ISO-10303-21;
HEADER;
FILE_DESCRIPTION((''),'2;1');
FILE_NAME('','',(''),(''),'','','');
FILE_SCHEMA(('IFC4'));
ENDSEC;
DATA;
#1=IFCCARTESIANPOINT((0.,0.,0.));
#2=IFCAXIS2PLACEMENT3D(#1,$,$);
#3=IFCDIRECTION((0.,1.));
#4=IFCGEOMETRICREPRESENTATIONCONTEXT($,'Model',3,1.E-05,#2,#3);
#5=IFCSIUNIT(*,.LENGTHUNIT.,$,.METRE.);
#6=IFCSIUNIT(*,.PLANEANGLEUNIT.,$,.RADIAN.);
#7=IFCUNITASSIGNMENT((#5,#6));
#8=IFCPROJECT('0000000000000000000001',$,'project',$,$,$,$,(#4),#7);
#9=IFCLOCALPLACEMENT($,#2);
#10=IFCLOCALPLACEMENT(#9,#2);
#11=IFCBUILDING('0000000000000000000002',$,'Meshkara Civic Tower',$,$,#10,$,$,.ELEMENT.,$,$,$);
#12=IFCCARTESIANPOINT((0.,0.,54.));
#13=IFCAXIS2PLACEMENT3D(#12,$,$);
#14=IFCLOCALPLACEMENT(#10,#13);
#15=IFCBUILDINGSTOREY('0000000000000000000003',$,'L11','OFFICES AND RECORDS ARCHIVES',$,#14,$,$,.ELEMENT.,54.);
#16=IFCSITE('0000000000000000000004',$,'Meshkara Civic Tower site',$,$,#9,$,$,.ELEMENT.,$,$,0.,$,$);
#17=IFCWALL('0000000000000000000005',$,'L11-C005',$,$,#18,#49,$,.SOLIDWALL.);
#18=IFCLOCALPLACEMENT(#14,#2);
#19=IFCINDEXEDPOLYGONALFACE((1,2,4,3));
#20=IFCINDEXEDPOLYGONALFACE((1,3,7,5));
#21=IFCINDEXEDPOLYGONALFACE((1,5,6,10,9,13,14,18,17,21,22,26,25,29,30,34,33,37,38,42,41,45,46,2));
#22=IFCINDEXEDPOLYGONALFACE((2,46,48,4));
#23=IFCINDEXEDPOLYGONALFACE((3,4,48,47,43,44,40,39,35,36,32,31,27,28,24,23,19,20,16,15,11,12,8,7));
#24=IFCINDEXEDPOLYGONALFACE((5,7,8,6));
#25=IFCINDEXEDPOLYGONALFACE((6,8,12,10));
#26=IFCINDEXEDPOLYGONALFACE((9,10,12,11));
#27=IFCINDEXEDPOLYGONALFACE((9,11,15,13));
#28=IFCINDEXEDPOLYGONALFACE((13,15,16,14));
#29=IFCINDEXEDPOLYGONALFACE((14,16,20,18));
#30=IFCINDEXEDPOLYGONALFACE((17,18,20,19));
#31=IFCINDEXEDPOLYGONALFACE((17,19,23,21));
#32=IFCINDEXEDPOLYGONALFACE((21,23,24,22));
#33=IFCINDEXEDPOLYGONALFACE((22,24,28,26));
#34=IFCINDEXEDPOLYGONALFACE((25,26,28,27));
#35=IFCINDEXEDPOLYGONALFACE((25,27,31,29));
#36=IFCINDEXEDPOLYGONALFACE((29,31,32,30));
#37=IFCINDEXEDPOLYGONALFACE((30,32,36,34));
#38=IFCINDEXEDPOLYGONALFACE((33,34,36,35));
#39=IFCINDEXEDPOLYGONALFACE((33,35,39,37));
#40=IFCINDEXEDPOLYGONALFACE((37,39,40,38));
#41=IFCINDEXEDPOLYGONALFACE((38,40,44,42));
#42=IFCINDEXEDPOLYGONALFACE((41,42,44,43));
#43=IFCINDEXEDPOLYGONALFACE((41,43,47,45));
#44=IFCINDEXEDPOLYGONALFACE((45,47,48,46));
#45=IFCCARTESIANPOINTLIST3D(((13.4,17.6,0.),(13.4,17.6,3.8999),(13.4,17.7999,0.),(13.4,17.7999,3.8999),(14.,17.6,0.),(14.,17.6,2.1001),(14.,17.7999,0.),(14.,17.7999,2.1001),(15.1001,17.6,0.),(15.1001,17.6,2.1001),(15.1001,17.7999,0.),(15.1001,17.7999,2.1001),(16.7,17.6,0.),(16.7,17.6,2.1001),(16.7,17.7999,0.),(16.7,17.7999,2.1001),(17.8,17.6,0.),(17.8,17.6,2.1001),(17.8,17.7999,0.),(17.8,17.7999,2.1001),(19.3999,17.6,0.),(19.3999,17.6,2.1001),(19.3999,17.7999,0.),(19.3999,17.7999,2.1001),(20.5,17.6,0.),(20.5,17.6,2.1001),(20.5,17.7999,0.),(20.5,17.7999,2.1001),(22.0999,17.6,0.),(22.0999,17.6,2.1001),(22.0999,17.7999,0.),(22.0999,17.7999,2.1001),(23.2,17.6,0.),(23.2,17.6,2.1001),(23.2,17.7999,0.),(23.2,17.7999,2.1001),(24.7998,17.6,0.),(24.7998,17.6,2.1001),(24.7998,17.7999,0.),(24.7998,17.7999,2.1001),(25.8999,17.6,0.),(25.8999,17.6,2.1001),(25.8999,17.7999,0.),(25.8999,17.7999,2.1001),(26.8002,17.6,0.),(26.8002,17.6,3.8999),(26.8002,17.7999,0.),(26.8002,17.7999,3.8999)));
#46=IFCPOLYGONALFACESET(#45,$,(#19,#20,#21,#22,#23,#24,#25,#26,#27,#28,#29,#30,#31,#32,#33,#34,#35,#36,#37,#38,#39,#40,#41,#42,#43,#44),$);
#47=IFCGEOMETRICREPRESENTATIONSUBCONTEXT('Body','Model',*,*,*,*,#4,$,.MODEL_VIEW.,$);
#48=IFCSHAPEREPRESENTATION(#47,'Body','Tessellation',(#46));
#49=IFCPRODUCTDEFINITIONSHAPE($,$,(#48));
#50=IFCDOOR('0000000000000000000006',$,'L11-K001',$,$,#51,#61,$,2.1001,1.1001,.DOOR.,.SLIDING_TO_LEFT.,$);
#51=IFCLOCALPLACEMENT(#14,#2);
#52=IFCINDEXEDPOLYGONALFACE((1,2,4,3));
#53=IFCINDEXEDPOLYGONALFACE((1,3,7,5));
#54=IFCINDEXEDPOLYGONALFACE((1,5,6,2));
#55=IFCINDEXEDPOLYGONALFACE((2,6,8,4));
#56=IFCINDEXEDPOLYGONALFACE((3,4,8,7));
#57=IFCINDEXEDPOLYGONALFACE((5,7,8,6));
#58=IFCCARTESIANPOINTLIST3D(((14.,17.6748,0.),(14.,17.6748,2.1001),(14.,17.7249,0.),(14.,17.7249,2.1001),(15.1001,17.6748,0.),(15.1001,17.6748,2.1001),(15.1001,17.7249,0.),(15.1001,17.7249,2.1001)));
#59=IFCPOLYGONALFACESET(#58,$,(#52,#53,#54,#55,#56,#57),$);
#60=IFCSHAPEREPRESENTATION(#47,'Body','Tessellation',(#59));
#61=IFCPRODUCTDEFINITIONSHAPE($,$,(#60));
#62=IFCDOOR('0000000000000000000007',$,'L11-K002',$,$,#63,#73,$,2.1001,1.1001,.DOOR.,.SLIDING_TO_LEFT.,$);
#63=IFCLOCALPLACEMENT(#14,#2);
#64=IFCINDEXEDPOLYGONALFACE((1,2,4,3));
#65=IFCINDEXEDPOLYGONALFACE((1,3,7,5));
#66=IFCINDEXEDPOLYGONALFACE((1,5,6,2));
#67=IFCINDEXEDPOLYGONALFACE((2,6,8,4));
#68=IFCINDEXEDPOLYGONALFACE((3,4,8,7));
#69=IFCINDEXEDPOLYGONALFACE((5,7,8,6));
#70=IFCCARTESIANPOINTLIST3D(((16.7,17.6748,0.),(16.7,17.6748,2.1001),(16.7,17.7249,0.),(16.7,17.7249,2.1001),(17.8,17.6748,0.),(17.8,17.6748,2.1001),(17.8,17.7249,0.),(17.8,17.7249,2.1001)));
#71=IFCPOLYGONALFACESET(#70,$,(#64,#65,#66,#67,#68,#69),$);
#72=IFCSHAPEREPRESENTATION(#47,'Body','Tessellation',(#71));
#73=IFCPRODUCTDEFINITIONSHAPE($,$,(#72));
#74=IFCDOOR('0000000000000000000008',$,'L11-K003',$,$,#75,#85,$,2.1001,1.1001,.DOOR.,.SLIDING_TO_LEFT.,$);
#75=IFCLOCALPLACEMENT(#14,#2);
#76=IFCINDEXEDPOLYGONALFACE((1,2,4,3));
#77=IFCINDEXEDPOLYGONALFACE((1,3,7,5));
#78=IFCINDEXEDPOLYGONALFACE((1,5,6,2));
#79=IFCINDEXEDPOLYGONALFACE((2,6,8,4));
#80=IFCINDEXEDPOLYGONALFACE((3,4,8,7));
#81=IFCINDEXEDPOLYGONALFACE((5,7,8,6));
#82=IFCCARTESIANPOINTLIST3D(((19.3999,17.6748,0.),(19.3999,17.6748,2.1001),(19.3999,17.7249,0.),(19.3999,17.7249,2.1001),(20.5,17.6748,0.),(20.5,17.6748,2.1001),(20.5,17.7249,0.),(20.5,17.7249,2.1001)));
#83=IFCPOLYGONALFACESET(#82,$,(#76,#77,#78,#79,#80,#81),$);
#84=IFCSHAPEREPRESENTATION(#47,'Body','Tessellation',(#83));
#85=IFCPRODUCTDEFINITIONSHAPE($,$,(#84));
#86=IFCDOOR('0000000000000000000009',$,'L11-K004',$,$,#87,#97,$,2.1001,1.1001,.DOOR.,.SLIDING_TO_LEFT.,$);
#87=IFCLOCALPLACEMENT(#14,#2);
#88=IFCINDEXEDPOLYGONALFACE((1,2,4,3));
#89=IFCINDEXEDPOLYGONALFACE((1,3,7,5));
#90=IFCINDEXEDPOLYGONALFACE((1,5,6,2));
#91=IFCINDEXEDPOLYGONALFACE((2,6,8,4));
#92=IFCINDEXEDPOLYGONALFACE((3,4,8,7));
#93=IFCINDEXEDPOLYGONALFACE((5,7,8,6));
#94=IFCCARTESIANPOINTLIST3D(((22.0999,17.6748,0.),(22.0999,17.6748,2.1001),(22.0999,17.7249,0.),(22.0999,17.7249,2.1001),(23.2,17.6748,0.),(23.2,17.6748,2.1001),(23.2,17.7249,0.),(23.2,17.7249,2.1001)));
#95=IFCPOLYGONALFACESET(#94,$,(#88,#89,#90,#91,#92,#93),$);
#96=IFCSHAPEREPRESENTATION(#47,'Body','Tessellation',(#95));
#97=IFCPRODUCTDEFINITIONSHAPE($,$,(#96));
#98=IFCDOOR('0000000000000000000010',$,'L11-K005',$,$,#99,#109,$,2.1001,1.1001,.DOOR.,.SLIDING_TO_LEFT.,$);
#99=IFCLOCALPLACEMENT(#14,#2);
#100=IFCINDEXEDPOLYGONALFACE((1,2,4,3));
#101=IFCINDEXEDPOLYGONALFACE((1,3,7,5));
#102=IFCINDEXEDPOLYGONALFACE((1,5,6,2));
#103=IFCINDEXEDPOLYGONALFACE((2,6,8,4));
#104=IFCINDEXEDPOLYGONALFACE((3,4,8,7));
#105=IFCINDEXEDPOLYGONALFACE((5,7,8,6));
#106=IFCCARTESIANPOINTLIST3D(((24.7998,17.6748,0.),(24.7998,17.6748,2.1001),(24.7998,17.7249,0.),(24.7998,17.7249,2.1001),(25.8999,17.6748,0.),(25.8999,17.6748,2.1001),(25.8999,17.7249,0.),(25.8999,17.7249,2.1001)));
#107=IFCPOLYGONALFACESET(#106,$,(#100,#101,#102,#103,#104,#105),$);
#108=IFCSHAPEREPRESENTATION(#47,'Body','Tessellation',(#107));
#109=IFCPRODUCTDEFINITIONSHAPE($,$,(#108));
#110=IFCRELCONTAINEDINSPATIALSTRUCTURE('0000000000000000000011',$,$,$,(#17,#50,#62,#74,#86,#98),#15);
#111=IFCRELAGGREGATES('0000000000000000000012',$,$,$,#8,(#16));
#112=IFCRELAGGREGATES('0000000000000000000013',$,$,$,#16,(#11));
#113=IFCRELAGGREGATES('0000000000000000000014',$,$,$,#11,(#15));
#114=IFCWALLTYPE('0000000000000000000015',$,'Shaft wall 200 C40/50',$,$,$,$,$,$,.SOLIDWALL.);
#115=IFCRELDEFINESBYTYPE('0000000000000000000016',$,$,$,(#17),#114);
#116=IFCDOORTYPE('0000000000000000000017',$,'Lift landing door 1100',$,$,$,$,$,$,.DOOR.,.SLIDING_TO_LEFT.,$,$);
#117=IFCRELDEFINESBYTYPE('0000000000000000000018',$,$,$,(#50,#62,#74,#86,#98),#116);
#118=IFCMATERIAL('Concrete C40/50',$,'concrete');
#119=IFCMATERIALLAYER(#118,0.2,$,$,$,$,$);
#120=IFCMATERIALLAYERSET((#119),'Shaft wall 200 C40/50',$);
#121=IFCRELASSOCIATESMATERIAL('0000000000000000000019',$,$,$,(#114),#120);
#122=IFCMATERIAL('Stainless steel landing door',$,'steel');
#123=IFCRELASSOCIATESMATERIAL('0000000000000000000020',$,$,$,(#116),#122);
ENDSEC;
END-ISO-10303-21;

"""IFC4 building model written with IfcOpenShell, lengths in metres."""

from ifc_helpers import new_model, si_unit, direction, frame, frame_2d, origin, place, context, subcontext, project, spatial, rectangle, extrude, material, layer, layer_set, type_object, element, fill, save


model = new_model("IFC4")

# Units and contexts
model_context = context("Model", 3, precision=1e-05, world=origin(), true_north=direction((0.0, 1.0)))
body_context = subcontext(model_context, "Body", "Model", "MODEL_VIEW")
ifc_project = project(units=[si_unit("LENGTHUNIT", "METRE"), si_unit("PLANEANGLEUNIT", "RADIAN")], contexts=[model_context])

# Site, building, storey
site_placement = place(None, origin())
site = spatial("IfcSite", under=ifc_project, at=site_placement, Name="Meshkara Civic Tower site", CompositionType="ELEMENT", RefElevation=0.0)
building_placement = place(site_placement, origin())
building = spatial("IfcBuilding", under=site, at=building_placement, Name="Meshkara Civic Tower", CompositionType="ELEMENT")
storey_placement = place(building_placement, frame((0.0, 0.0, 54.0)))
storey = spatial("IfcBuildingStorey", under=building, at=storey_placement, Name="L11", Description="OFFICES AND RECORDS ARCHIVES", CompositionType="ELEMENT", Elevation=54.0)

# Wall, openings, doors
ifc_material_1 = material(Name="Concrete C40/50", Category="concrete")
ifc_layer_1 = layer(ifc_material_1, 0.2)
ifc_layer_set_1 = layer_set([ifc_layer_1], Name="Shaft wall 200 C40/50")
wall_type_1 = type_object("IfcWallType", Name="Shaft wall 200 C40/50", PredefinedType="SOLIDWALL", material=ifc_layer_set_1)
wall_1_placement = place(storey_placement, frame((13.3999, 17.7, 0.0), z_axis=(0.0, 0.0, 1.0), x_axis=(1.0, 0.0, 0.0)))
wall_1 = element("IfcWall", 1, at=wall_1_placement, inside=storey, type_object=wall_type_1, Name="L11-C005", PredefinedType="SOLIDWALL", context=body_context, shape_type="SweptSolid", body=[
    extrude(rectangle(XDim=13.4001, YDim=0.2, at=frame_2d((6.7002, 0.0))), origin(), (0.0, 0.0, 1.0), 3.8999),
])
opening_1_placement = place(wall_1_placement, frame((0.6001, 0.0, 0.0)))
opening_1 = element("IfcOpeningElement", 2, at=opening_1_placement, cuts=wall_1, PredefinedType="OPENING", context=body_context, shape_type="SweptSolid", body=[
    extrude(rectangle(XDim=1.1001, YDim=2.1001, at=frame_2d((0.55, 1.05))), frame((0.0, 0.1099, 0.0), z_axis=(0.0, -1.0, 0.0), x_axis=(1.0, 0.0, 0.0)), (0.0, 0.0, 1.0), 0.22),
])
opening_2_placement = place(wall_1_placement, frame((3.3, 0.0, 0.0)))
opening_2 = element("IfcOpeningElement", 3, at=opening_2_placement, cuts=wall_1, PredefinedType="OPENING", context=body_context, shape_type="SweptSolid", body=[
    extrude(rectangle(XDim=1.1001, YDim=2.1001, at=frame_2d((0.55, 1.05))), frame((0.0, 0.1099, 0.0), z_axis=(0.0, -1.0, 0.0), x_axis=(1.0, 0.0, 0.0)), (0.0, 0.0, 1.0), 0.22),
])
opening_3_placement = place(wall_1_placement, frame((6.0, 0.0, 0.0)))
opening_3 = element("IfcOpeningElement", 4, at=opening_3_placement, cuts=wall_1, PredefinedType="OPENING", context=body_context, shape_type="SweptSolid", body=[
    extrude(rectangle(XDim=1.1001, YDim=2.1001, at=frame_2d((0.55, 1.05))), frame((0.0, 0.1099, 0.0), z_axis=(0.0, -1.0, 0.0), x_axis=(1.0, 0.0, 0.0)), (0.0, 0.0, 1.0), 0.22),
])
opening_4_placement = place(wall_1_placement, frame((8.7, 0.0, 0.0)))
opening_4 = element("IfcOpeningElement", 5, at=opening_4_placement, cuts=wall_1, PredefinedType="OPENING", context=body_context, shape_type="SweptSolid", body=[
    extrude(rectangle(XDim=1.1001, YDim=2.1001, at=frame_2d((0.55, 1.05))), frame((0.0, 0.1099, 0.0), z_axis=(0.0, -1.0, 0.0), x_axis=(1.0, 0.0, 0.0)), (0.0, 0.0, 1.0), 0.22),
])
opening_5_placement = place(wall_1_placement, frame((11.3999, 0.0, 0.0)))
opening_5 = element("IfcOpeningElement", 6, at=opening_5_placement, cuts=wall_1, PredefinedType="OPENING", context=body_context, shape_type="SweptSolid", body=[
    extrude(rectangle(XDim=1.1001, YDim=2.1001, at=frame_2d((0.55, 1.05))), frame((0.0, 0.1099, 0.0), z_axis=(0.0, -1.0, 0.0), x_axis=(1.0, 0.0, 0.0)), (0.0, 0.0, 1.0), 0.22),
])
ifc_material_2 = material(Name="Stainless steel landing door", Category="steel")
door_type_1 = type_object("IfcDoorType", Name="Lift landing door 1100", OperationType="SLIDING_TO_LEFT", PredefinedType="DOOR", material=ifc_material_2)
door_1_placement = place(opening_1_placement, origin())
door_1 = element("IfcDoor", 7, at=door_1_placement, inside=storey, type_object=door_type_1, Name="L11-K001", OperationType="SLIDING_TO_LEFT", OverallHeight=2.1001, OverallWidth=1.1001, PredefinedType="DOOR", context=body_context, shape_type="SweptSolid", body=[
    extrude(rectangle(XDim=1.1001, YDim=2.1001, at=frame_2d((0.55, 1.05))), frame((0.0, 0.0249, 0.0), z_axis=(0.0, -1.0, 0.0), x_axis=(1.0, 0.0, 0.0)), (0.0, 0.0, 1.0), 0.05),
])
fill(opening_1, door_1)
door_2_placement = place(opening_2_placement, origin())
door_2 = element("IfcDoor", 8, at=door_2_placement, inside=storey, type_object=door_type_1, Name="L11-K002", OperationType="SLIDING_TO_LEFT", OverallHeight=2.1001, OverallWidth=1.1001, PredefinedType="DOOR", context=body_context, shape_type="SweptSolid", body=[
    extrude(rectangle(XDim=1.1001, YDim=2.1001, at=frame_2d((0.55, 1.05))), frame((0.0, 0.0249, 0.0), z_axis=(0.0, -1.0, 0.0), x_axis=(1.0, 0.0, 0.0)), (0.0, 0.0, 1.0), 0.05),
])
fill(opening_2, door_2)
door_3_placement = place(opening_3_placement, origin())
door_3 = element("IfcDoor", 9, at=door_3_placement, inside=storey, type_object=door_type_1, Name="L11-K003", OperationType="SLIDING_TO_LEFT", OverallHeight=2.1001, OverallWidth=1.1001, PredefinedType="DOOR", context=body_context, shape_type="SweptSolid", body=[
    extrude(rectangle(XDim=1.1001, YDim=2.1001, at=frame_2d((0.55, 1.05))), frame((0.0, 0.0249, 0.0), z_axis=(0.0, -1.0, 0.0), x_axis=(1.0, 0.0, 0.0)), (0.0, 0.0, 1.0), 0.05),
])
fill(opening_3, door_3)
door_4_placement = place(opening_4_placement, origin())
door_4 = element("IfcDoor", 10, at=door_4_placement, inside=storey, type_object=door_type_1, Name="L11-K004", OperationType="SLIDING_TO_LEFT", OverallHeight=2.1001, OverallWidth=1.1001, PredefinedType="DOOR", context=body_context, shape_type="SweptSolid", body=[
    extrude(rectangle(XDim=1.1001, YDim=2.1001, at=frame_2d((0.55, 1.05))), frame((0.0, 0.0249, 0.0), z_axis=(0.0, -1.0, 0.0), x_axis=(1.0, 0.0, 0.0)), (0.0, 0.0, 1.0), 0.05),
])
fill(opening_4, door_4)
door_5_placement = place(opening_5_placement, origin())
door_5 = element("IfcDoor", 11, at=door_5_placement, inside=storey, type_object=door_type_1, Name="L11-K005", OperationType="SLIDING_TO_LEFT", OverallHeight=2.1001, OverallWidth=1.1001, PredefinedType="DOOR", context=body_context, shape_type="SweptSolid", body=[
    extrude(rectangle(XDim=1.1001, YDim=2.1001, at=frame_2d((0.55, 1.05))), frame((0.0, 0.0249, 0.0), z_axis=(0.0, -1.0, 0.0), x_axis=(1.0, 0.0, 0.0)), (0.0, 0.0, 1.0), 0.05),
])
fill(opening_5, door_5)

save(model, "model.ifc")
